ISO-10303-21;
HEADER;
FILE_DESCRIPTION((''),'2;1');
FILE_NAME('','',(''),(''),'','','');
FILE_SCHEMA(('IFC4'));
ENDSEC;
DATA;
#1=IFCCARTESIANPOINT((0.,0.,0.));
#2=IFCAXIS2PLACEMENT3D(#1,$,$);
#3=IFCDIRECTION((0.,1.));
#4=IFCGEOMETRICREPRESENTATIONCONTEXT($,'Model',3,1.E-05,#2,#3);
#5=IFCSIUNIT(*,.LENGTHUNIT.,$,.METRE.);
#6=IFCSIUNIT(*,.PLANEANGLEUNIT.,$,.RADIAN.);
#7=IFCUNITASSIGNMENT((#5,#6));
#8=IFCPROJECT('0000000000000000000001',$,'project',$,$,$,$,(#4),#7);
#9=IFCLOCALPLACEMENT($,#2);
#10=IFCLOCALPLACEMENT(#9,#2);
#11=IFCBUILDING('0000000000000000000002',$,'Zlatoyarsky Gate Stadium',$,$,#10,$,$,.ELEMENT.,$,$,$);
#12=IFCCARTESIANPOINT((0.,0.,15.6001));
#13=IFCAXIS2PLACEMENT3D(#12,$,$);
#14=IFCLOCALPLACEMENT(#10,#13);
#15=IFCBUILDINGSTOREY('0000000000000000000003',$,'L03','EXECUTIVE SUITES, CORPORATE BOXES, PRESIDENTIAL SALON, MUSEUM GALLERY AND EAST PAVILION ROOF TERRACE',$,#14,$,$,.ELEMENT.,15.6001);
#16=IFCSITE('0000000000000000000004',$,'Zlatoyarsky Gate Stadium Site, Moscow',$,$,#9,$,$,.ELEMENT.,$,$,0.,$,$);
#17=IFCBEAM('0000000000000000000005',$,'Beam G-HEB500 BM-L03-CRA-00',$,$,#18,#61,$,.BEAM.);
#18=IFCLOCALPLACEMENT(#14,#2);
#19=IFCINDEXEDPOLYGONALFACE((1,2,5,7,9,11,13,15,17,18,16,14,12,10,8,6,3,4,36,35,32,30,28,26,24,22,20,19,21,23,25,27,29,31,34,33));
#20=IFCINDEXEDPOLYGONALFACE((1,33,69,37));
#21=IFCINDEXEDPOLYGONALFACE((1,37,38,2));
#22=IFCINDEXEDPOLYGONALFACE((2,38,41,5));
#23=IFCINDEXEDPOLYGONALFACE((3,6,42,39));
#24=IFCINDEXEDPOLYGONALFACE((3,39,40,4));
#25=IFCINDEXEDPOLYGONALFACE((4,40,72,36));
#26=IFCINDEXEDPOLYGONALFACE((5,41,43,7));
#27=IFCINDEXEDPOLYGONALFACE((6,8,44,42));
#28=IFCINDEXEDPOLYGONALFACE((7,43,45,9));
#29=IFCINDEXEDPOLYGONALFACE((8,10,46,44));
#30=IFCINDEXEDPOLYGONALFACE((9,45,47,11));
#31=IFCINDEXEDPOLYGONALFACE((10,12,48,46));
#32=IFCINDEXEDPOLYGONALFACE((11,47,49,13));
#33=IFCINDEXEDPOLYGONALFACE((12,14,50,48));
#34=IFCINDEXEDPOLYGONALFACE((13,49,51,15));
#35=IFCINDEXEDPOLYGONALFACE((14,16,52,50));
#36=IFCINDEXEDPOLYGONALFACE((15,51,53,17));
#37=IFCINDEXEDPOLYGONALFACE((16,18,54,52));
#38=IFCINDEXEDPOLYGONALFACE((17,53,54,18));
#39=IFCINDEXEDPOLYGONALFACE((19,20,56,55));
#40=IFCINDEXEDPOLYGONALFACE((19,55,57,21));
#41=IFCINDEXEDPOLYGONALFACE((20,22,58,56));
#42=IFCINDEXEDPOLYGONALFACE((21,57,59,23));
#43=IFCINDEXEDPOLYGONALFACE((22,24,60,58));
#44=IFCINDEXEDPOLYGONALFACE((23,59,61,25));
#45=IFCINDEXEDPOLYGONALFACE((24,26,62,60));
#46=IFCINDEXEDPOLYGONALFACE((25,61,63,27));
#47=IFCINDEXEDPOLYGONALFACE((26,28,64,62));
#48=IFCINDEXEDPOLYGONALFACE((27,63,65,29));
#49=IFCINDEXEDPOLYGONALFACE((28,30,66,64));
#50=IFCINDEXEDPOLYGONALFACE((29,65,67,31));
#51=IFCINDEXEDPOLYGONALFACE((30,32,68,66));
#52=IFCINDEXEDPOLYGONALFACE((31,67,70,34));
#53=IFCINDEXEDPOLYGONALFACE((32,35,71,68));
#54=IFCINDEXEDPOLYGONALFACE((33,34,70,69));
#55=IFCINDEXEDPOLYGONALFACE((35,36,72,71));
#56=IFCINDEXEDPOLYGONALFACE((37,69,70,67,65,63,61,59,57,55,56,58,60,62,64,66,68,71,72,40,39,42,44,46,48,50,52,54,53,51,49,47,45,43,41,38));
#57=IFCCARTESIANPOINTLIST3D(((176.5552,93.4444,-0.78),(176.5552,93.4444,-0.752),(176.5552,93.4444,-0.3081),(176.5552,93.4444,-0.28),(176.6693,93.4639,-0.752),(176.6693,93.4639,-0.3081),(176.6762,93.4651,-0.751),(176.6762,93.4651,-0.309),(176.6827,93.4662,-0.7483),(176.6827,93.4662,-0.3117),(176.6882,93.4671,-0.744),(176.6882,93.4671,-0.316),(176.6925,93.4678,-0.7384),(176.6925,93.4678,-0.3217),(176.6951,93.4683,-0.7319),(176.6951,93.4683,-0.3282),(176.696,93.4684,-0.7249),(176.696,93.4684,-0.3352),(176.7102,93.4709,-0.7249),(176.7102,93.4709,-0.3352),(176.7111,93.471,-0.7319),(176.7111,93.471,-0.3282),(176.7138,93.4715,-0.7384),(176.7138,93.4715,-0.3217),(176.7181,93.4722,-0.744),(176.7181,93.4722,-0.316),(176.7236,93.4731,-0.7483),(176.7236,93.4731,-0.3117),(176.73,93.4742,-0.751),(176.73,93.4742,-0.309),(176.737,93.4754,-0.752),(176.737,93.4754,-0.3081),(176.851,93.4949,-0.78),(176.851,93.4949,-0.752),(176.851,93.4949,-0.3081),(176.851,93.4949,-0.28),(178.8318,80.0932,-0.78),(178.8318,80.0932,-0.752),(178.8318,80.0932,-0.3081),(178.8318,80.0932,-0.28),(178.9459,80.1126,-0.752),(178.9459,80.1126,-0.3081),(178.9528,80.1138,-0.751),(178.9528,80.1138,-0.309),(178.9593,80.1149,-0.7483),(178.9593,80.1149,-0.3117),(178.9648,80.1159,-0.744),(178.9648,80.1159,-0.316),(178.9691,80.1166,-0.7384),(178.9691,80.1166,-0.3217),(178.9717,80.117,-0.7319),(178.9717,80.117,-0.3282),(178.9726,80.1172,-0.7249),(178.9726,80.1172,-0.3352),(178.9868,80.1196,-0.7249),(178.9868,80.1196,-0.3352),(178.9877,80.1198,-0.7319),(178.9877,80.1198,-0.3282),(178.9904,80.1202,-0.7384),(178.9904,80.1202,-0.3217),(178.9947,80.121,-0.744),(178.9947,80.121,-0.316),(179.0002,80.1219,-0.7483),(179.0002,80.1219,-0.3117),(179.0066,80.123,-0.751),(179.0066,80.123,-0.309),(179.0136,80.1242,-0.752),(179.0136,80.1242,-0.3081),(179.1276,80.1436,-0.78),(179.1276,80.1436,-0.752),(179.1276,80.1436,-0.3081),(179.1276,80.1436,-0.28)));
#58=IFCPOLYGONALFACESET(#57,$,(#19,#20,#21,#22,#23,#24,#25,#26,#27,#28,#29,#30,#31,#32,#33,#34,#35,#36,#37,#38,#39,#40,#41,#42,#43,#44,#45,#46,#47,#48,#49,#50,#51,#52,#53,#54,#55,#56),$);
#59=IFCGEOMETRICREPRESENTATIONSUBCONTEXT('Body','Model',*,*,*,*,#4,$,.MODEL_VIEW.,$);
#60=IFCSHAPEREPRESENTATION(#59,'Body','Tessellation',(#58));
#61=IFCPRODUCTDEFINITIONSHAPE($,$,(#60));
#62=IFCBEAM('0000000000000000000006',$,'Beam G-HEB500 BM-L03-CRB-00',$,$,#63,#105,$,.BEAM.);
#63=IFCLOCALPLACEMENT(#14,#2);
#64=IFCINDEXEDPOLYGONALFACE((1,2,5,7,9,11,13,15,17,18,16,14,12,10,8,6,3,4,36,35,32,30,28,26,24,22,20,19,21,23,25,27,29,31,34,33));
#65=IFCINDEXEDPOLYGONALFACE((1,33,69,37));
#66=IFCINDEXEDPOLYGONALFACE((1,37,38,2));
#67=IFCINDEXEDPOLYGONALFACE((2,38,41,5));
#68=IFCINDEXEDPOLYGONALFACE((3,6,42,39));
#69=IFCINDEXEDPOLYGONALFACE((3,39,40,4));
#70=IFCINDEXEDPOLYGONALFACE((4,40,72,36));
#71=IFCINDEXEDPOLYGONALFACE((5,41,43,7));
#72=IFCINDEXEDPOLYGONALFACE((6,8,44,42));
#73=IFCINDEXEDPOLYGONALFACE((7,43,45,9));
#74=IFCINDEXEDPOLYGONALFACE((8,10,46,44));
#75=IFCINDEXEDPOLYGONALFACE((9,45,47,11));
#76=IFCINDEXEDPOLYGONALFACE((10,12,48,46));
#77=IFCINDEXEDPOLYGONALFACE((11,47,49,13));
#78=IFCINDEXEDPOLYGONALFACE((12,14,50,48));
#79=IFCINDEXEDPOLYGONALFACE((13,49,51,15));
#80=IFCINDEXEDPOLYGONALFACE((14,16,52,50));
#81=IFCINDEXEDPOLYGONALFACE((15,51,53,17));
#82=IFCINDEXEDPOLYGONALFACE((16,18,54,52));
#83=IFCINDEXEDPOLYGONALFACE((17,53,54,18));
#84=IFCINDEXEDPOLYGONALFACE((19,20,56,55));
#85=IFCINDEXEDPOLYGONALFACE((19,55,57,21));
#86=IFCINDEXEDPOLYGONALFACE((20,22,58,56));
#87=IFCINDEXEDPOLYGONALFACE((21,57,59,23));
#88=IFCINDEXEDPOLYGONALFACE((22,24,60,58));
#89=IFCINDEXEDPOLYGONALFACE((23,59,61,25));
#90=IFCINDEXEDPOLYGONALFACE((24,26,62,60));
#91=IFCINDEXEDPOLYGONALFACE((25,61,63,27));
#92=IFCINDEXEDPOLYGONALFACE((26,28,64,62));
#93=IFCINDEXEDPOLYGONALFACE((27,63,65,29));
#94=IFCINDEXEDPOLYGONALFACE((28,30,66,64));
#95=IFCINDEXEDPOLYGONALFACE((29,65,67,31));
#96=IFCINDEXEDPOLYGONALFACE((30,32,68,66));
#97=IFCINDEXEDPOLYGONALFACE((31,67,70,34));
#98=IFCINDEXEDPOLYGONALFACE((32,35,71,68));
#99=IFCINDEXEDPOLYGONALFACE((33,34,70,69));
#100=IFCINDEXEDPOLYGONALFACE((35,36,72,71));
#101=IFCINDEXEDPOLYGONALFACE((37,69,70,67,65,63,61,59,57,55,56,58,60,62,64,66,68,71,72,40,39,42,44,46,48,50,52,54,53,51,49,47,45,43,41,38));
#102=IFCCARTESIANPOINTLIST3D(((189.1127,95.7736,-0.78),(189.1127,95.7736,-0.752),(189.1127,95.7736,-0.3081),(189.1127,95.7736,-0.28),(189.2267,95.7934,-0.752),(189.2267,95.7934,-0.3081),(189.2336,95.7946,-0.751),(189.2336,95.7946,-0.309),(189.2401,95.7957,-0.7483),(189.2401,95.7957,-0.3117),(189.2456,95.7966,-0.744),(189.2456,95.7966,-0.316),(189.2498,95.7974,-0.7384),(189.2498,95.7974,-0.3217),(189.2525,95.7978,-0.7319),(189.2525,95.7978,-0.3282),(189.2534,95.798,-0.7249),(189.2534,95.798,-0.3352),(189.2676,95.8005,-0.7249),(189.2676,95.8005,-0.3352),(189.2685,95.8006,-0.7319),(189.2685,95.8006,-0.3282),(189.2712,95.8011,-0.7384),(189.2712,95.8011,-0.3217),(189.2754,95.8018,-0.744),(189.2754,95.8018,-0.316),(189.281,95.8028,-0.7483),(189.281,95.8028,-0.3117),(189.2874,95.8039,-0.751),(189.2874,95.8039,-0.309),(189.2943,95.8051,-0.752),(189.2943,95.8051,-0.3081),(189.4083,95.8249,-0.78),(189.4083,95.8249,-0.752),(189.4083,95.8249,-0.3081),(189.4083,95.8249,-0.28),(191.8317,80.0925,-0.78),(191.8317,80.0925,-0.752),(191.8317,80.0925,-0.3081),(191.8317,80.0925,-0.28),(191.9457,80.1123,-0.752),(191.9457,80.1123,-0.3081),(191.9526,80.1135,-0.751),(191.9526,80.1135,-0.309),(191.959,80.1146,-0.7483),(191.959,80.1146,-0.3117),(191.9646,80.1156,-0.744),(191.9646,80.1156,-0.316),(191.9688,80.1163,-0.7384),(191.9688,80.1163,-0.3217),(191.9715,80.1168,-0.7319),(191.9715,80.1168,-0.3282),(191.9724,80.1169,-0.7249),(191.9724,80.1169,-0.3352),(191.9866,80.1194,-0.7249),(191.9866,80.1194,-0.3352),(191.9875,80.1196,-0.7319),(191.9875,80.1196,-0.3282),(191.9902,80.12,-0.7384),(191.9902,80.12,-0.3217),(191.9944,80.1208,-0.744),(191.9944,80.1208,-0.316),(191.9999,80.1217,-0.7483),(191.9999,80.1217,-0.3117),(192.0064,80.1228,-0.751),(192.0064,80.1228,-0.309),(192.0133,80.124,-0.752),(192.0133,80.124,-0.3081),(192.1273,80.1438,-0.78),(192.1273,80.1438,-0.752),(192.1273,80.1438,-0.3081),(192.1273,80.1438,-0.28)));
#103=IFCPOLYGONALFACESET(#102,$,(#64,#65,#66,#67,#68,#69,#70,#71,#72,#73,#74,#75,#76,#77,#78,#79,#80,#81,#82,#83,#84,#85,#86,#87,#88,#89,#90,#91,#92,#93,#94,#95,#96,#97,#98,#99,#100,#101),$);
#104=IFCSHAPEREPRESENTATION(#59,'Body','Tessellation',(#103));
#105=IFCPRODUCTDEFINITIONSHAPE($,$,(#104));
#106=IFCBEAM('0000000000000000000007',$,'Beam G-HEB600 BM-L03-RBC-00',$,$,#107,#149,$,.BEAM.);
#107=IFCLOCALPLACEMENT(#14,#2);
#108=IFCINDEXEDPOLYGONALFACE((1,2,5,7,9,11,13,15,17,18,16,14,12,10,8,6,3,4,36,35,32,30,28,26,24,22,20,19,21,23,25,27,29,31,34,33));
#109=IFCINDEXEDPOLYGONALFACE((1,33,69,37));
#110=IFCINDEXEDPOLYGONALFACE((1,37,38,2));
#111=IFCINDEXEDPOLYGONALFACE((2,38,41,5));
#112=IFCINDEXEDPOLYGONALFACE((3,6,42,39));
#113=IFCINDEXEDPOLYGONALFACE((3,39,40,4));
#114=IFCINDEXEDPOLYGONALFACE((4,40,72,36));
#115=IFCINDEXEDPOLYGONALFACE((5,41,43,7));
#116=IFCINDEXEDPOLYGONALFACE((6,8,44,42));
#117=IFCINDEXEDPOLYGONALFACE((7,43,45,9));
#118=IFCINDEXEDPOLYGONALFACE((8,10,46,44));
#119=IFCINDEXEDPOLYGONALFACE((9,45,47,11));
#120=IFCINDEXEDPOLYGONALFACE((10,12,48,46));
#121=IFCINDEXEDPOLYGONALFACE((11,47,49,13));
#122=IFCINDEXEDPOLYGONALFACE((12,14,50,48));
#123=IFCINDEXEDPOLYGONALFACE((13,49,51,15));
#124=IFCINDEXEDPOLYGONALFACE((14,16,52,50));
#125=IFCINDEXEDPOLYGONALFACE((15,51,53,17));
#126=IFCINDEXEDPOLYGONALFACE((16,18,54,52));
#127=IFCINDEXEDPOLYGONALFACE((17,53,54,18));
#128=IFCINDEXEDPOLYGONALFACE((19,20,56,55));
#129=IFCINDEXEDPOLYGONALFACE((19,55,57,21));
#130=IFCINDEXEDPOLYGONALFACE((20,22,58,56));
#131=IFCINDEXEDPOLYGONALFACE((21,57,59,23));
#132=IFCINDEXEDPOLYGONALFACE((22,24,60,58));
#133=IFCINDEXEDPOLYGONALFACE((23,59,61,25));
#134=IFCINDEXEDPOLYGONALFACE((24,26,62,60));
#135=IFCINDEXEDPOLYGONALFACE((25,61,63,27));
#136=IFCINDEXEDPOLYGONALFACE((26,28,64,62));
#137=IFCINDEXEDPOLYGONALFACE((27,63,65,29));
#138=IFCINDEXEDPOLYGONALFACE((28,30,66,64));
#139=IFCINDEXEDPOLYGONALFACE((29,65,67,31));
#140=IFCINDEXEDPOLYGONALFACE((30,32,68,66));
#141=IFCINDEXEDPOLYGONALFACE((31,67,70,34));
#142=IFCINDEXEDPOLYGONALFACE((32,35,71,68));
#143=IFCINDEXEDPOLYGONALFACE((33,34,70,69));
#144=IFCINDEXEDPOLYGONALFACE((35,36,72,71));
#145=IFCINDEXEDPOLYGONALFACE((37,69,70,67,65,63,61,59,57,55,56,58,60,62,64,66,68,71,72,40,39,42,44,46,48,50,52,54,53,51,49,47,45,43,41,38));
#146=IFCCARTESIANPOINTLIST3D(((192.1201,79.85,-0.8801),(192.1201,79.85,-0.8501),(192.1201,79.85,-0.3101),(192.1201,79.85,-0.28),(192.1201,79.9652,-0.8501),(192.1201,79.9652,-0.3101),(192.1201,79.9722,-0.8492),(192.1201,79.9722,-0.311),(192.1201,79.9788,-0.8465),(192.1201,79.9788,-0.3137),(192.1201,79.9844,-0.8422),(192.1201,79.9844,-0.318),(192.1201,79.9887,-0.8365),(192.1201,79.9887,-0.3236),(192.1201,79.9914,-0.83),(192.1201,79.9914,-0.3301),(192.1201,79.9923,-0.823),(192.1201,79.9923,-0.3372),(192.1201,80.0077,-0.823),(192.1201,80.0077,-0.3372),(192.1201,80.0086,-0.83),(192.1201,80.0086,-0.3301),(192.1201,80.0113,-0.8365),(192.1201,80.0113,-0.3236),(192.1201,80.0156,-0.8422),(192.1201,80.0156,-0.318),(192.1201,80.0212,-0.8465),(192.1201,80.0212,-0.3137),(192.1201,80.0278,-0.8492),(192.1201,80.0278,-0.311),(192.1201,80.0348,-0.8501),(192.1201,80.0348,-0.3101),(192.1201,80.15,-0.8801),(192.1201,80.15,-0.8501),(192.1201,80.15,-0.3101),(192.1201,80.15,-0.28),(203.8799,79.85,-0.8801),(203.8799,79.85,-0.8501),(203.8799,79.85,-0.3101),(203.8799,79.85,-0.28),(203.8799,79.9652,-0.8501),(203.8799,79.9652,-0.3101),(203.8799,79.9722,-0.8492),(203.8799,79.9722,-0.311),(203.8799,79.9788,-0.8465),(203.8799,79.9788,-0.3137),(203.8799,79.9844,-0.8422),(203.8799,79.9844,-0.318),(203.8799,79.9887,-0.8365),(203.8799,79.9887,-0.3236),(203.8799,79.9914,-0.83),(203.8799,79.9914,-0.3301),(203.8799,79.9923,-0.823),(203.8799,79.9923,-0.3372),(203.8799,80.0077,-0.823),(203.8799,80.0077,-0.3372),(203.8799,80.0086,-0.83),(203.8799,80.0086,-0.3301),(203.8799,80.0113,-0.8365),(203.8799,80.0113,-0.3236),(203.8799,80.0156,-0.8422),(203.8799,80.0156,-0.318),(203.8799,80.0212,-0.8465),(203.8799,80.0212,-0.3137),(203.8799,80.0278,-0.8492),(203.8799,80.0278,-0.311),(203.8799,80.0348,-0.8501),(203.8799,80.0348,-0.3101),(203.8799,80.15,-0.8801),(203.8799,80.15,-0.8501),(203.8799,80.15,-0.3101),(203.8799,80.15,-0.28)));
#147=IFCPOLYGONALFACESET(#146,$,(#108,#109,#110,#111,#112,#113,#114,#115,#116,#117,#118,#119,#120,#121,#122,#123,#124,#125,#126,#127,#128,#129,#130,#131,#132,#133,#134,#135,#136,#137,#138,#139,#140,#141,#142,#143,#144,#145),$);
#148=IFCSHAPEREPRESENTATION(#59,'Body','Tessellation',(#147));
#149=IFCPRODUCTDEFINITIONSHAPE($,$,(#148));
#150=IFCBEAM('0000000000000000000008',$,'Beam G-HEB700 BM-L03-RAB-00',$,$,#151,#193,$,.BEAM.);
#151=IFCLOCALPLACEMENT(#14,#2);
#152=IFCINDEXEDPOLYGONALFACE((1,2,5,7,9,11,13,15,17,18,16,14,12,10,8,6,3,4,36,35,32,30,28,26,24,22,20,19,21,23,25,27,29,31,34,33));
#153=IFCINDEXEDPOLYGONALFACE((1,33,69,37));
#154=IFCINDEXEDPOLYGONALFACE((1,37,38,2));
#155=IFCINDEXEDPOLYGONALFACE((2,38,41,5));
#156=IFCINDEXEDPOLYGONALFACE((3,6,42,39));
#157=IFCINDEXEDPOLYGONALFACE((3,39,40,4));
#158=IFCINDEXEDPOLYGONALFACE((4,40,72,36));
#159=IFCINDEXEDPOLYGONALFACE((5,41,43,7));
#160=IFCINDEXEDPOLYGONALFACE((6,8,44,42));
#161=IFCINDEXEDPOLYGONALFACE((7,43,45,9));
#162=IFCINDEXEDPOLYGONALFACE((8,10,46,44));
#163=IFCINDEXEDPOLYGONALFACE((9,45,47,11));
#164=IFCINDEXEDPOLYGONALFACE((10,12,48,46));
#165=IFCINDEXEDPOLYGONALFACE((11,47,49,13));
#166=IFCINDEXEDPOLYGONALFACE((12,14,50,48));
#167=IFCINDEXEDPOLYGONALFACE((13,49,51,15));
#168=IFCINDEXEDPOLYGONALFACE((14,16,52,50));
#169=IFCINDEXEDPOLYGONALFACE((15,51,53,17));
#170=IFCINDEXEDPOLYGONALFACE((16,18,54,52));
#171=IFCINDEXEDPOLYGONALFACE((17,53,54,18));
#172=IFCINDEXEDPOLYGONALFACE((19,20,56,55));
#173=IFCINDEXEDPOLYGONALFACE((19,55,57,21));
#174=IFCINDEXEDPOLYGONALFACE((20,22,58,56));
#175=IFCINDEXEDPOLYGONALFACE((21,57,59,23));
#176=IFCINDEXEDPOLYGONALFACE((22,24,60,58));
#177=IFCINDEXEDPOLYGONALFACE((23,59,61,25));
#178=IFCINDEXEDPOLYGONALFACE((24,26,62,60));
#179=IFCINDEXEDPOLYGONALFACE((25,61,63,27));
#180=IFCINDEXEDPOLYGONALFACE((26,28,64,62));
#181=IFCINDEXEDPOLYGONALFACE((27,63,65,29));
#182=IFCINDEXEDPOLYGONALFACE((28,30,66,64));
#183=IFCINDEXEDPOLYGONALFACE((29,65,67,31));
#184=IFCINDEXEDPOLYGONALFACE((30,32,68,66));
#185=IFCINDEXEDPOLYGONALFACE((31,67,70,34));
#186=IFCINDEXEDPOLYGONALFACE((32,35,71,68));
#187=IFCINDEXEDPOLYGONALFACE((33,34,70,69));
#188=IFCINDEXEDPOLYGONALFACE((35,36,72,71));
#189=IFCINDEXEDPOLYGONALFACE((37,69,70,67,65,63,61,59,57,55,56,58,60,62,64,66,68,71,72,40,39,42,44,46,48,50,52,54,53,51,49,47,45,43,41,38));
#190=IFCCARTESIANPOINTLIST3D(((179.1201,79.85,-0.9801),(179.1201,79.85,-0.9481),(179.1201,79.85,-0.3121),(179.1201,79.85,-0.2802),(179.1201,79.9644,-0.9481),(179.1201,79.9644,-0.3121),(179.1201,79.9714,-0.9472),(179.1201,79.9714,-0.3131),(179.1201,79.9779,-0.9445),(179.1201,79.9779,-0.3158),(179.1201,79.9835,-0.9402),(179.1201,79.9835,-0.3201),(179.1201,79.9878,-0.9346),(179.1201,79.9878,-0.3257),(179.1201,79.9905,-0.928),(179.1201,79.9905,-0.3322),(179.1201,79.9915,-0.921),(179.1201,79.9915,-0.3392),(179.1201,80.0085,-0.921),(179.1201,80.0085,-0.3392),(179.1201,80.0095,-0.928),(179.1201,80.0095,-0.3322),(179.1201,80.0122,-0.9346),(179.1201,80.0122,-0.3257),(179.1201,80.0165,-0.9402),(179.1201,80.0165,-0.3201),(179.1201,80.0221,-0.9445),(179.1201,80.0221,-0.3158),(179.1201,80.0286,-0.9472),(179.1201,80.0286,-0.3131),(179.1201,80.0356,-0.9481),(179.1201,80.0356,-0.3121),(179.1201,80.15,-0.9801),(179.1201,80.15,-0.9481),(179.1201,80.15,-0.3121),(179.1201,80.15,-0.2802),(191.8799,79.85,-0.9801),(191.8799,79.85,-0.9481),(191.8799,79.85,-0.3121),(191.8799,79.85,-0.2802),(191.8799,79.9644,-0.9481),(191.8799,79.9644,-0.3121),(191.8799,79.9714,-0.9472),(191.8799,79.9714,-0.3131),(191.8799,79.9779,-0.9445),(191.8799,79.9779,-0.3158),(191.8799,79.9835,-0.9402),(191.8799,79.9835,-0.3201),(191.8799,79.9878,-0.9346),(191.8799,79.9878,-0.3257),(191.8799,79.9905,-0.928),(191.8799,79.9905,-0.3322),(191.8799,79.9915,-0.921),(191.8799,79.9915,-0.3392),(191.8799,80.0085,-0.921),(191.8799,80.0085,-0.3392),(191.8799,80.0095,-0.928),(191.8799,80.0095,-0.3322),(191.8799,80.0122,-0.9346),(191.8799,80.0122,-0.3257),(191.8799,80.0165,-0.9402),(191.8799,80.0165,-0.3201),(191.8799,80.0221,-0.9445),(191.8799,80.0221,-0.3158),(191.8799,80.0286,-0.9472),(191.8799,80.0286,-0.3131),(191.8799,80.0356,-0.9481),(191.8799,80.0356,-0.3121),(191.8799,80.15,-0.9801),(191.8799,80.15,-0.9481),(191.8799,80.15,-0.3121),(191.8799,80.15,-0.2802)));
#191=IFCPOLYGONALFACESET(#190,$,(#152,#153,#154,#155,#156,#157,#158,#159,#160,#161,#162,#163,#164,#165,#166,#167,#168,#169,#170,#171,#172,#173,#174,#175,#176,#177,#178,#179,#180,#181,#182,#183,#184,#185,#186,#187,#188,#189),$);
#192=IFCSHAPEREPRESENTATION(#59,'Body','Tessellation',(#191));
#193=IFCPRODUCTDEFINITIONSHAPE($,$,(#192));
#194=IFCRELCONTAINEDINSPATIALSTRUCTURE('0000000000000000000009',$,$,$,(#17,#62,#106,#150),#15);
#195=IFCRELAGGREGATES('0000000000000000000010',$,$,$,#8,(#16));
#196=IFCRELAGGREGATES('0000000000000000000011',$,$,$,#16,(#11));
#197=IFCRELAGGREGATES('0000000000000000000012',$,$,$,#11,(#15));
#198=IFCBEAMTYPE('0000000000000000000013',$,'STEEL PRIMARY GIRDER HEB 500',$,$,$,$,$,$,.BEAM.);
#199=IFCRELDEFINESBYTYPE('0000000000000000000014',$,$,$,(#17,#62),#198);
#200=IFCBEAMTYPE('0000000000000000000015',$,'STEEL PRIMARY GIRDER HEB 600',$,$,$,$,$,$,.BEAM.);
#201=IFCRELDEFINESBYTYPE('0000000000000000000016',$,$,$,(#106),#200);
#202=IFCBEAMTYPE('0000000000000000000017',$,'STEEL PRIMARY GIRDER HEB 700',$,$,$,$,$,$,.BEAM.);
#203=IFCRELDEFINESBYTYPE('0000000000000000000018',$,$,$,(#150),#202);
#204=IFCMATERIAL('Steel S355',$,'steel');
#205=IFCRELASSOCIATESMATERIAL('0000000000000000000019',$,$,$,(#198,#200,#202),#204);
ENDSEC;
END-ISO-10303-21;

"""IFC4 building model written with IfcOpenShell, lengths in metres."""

from ifc_helpers import new_model, si_unit, direction, frame, origin, origin_2d, place, context, subcontext, project, spatial, i_section, extrude, material, material_profile, profile_set, type_object, element, save


model = new_model("IFC4")

# Units and contexts
model_context = context("Model", 3, precision=1e-05, world=origin(), true_north=direction((0.0, 1.0)))
body_context = subcontext(model_context, "Body", "Model", "MODEL_VIEW")
ifc_project = project(units=[si_unit("LENGTHUNIT", "METRE"), si_unit("PLANEANGLEUNIT", "RADIAN")], contexts=[model_context])

# Site, building, storey
site_placement = place(None, origin())
site = spatial("IfcSite", under=ifc_project, at=site_placement, Name="Zlatoyarsky Gate Stadium Site, Moscow", CompositionType="ELEMENT", RefElevation=0.0)
building_placement = place(site_placement, origin())
building = spatial("IfcBuilding", under=site, at=building_placement, Name="Zlatoyarsky Gate Stadium", CompositionType="ELEMENT")
storey_placement = place(building_placement, frame((0.0, 0.0, 15.6001)))
storey = spatial("IfcBuildingStorey", under=building, at=storey_placement, Name="L03", Description="EXECUTIVE SUITES, CORPORATE BOXES, PRESIDENTIAL SALON, MUSEUM GALLERY AND EAST PAVILION ROOF TERRACE", CompositionType="ELEMENT", Elevation=15.6001)

# Shared definitions
ifc_material_1 = material(Name="Steel S355", Category="steel")

# Beams
ifc_material_profile_1 = material_profile(ifc_material_1, i_section(OverallWidth=0.3, OverallDepth=0.5, WebThickness=0.0144, FlangeThickness=0.0281, FilletRadius=0.0271, at=origin_2d()), Name="HEB 500")
ifc_profile_set_1 = profile_set([ifc_material_profile_1], Name="Steel S355")
beam_type_1 = type_object("IfcBeamType", Name="STEEL PRIMARY GIRDER HEB 500", PredefinedType="BEAM", material=ifc_profile_set_1)
beam_1_placement = place(storey_placement, frame((178.9797, 80.1184, -0.53), z_axis=(-0.16809, 0.985772, 0.0), x_axis=(-0.985772, -0.16809, 0.0)))
element("IfcBeam", 1, at=beam_1_placement, inside=storey, type_object=beam_type_1, Name="Beam G-HEB500 BM-L03-CRA-00", PredefinedType="BEAM", context=body_context, shape_type="SweptSolid", body=[
    extrude(i_section(OverallWidth=0.3, OverallDepth=0.5, WebThickness=0.0144, FlangeThickness=0.0281, FilletRadius=0.0271, at=origin_2d()), origin(), (0.0, 0.0, 1.0), 13.5439),
])
beam_2_placement = place(storey_placement, frame((191.9795, 80.1182, -0.53), z_axis=(-0.170843, 0.985298, 0.0), x_axis=(-0.985298, -0.170843, 0.0)))
element("IfcBeam", 2, at=beam_2_placement, inside=storey, type_object=beam_type_1, Name="Beam G-HEB500 BM-L03-CRB-00", PredefinedType="BEAM", context=body_context, shape_type="SweptSolid", body=[
    extrude(i_section(OverallWidth=0.3, OverallDepth=0.5, WebThickness=0.0144, FlangeThickness=0.0281, FilletRadius=0.0271, at=origin_2d()), origin(), (0.0, 0.0, 1.0), 15.915),
])
ifc_material_profile_2 = material_profile(ifc_material_1, i_section(OverallWidth=0.3, OverallDepth=0.6001, WebThickness=0.0154, FlangeThickness=0.03, FilletRadius=0.0271, at=origin_2d()), Name="HEB 600")
ifc_profile_set_2 = profile_set([ifc_material_profile_2], Name="Steel S355")
beam_type_2 = type_object("IfcBeamType", Name="STEEL PRIMARY GIRDER HEB 600", PredefinedType="BEAM", material=ifc_profile_set_2)
beam_3_placement = place(storey_placement, frame((192.1201, 80.0, -0.5801), z_axis=(1.0, 0.0, 0.0), x_axis=(0.0, 1.0, 0.0)))
element("IfcBeam", 3, at=beam_3_placement, inside=storey, type_object=beam_type_2, Name="Beam G-HEB600 BM-L03-RBC-00", PredefinedType="BEAM", context=body_context, shape_type="SweptSolid", body=[
    extrude(i_section(OverallWidth=0.3, OverallDepth=0.6001, WebThickness=0.0154, FlangeThickness=0.03, FilletRadius=0.0271, at=origin_2d()), origin(), (0.0, 0.0, 1.0), 11.7598),
])
ifc_material_profile_3 = material_profile(ifc_material_1, i_section(OverallWidth=0.3, OverallDepth=0.7, WebThickness=0.0171, FlangeThickness=0.032, FilletRadius=0.0271, at=origin_2d()), Name="HEB 700")
ifc_profile_set_3 = profile_set([ifc_material_profile_3], Name="Steel S355")
beam_type_3 = type_object("IfcBeamType", Name="STEEL PRIMARY GIRDER HEB 700", PredefinedType="BEAM", material=ifc_profile_set_3)
beam_4_placement = place(storey_placement, frame((179.1201, 80.0, -0.6301), z_axis=(1.0, 0.0, 0.0), x_axis=(0.0, 1.0, 0.0)))
element("IfcBeam", 4, at=beam_4_placement, inside=storey, type_object=beam_type_3, Name="Beam G-HEB700 BM-L03-RAB-00", PredefinedType="BEAM", context=body_context, shape_type="SweptSolid", body=[
    extrude(i_section(OverallWidth=0.3, OverallDepth=0.7, WebThickness=0.0171, FlangeThickness=0.032, FilletRadius=0.0271, at=origin_2d()), origin(), (0.0, 0.0, 1.0), 12.7598),
])

save(model, "model.ifc")
